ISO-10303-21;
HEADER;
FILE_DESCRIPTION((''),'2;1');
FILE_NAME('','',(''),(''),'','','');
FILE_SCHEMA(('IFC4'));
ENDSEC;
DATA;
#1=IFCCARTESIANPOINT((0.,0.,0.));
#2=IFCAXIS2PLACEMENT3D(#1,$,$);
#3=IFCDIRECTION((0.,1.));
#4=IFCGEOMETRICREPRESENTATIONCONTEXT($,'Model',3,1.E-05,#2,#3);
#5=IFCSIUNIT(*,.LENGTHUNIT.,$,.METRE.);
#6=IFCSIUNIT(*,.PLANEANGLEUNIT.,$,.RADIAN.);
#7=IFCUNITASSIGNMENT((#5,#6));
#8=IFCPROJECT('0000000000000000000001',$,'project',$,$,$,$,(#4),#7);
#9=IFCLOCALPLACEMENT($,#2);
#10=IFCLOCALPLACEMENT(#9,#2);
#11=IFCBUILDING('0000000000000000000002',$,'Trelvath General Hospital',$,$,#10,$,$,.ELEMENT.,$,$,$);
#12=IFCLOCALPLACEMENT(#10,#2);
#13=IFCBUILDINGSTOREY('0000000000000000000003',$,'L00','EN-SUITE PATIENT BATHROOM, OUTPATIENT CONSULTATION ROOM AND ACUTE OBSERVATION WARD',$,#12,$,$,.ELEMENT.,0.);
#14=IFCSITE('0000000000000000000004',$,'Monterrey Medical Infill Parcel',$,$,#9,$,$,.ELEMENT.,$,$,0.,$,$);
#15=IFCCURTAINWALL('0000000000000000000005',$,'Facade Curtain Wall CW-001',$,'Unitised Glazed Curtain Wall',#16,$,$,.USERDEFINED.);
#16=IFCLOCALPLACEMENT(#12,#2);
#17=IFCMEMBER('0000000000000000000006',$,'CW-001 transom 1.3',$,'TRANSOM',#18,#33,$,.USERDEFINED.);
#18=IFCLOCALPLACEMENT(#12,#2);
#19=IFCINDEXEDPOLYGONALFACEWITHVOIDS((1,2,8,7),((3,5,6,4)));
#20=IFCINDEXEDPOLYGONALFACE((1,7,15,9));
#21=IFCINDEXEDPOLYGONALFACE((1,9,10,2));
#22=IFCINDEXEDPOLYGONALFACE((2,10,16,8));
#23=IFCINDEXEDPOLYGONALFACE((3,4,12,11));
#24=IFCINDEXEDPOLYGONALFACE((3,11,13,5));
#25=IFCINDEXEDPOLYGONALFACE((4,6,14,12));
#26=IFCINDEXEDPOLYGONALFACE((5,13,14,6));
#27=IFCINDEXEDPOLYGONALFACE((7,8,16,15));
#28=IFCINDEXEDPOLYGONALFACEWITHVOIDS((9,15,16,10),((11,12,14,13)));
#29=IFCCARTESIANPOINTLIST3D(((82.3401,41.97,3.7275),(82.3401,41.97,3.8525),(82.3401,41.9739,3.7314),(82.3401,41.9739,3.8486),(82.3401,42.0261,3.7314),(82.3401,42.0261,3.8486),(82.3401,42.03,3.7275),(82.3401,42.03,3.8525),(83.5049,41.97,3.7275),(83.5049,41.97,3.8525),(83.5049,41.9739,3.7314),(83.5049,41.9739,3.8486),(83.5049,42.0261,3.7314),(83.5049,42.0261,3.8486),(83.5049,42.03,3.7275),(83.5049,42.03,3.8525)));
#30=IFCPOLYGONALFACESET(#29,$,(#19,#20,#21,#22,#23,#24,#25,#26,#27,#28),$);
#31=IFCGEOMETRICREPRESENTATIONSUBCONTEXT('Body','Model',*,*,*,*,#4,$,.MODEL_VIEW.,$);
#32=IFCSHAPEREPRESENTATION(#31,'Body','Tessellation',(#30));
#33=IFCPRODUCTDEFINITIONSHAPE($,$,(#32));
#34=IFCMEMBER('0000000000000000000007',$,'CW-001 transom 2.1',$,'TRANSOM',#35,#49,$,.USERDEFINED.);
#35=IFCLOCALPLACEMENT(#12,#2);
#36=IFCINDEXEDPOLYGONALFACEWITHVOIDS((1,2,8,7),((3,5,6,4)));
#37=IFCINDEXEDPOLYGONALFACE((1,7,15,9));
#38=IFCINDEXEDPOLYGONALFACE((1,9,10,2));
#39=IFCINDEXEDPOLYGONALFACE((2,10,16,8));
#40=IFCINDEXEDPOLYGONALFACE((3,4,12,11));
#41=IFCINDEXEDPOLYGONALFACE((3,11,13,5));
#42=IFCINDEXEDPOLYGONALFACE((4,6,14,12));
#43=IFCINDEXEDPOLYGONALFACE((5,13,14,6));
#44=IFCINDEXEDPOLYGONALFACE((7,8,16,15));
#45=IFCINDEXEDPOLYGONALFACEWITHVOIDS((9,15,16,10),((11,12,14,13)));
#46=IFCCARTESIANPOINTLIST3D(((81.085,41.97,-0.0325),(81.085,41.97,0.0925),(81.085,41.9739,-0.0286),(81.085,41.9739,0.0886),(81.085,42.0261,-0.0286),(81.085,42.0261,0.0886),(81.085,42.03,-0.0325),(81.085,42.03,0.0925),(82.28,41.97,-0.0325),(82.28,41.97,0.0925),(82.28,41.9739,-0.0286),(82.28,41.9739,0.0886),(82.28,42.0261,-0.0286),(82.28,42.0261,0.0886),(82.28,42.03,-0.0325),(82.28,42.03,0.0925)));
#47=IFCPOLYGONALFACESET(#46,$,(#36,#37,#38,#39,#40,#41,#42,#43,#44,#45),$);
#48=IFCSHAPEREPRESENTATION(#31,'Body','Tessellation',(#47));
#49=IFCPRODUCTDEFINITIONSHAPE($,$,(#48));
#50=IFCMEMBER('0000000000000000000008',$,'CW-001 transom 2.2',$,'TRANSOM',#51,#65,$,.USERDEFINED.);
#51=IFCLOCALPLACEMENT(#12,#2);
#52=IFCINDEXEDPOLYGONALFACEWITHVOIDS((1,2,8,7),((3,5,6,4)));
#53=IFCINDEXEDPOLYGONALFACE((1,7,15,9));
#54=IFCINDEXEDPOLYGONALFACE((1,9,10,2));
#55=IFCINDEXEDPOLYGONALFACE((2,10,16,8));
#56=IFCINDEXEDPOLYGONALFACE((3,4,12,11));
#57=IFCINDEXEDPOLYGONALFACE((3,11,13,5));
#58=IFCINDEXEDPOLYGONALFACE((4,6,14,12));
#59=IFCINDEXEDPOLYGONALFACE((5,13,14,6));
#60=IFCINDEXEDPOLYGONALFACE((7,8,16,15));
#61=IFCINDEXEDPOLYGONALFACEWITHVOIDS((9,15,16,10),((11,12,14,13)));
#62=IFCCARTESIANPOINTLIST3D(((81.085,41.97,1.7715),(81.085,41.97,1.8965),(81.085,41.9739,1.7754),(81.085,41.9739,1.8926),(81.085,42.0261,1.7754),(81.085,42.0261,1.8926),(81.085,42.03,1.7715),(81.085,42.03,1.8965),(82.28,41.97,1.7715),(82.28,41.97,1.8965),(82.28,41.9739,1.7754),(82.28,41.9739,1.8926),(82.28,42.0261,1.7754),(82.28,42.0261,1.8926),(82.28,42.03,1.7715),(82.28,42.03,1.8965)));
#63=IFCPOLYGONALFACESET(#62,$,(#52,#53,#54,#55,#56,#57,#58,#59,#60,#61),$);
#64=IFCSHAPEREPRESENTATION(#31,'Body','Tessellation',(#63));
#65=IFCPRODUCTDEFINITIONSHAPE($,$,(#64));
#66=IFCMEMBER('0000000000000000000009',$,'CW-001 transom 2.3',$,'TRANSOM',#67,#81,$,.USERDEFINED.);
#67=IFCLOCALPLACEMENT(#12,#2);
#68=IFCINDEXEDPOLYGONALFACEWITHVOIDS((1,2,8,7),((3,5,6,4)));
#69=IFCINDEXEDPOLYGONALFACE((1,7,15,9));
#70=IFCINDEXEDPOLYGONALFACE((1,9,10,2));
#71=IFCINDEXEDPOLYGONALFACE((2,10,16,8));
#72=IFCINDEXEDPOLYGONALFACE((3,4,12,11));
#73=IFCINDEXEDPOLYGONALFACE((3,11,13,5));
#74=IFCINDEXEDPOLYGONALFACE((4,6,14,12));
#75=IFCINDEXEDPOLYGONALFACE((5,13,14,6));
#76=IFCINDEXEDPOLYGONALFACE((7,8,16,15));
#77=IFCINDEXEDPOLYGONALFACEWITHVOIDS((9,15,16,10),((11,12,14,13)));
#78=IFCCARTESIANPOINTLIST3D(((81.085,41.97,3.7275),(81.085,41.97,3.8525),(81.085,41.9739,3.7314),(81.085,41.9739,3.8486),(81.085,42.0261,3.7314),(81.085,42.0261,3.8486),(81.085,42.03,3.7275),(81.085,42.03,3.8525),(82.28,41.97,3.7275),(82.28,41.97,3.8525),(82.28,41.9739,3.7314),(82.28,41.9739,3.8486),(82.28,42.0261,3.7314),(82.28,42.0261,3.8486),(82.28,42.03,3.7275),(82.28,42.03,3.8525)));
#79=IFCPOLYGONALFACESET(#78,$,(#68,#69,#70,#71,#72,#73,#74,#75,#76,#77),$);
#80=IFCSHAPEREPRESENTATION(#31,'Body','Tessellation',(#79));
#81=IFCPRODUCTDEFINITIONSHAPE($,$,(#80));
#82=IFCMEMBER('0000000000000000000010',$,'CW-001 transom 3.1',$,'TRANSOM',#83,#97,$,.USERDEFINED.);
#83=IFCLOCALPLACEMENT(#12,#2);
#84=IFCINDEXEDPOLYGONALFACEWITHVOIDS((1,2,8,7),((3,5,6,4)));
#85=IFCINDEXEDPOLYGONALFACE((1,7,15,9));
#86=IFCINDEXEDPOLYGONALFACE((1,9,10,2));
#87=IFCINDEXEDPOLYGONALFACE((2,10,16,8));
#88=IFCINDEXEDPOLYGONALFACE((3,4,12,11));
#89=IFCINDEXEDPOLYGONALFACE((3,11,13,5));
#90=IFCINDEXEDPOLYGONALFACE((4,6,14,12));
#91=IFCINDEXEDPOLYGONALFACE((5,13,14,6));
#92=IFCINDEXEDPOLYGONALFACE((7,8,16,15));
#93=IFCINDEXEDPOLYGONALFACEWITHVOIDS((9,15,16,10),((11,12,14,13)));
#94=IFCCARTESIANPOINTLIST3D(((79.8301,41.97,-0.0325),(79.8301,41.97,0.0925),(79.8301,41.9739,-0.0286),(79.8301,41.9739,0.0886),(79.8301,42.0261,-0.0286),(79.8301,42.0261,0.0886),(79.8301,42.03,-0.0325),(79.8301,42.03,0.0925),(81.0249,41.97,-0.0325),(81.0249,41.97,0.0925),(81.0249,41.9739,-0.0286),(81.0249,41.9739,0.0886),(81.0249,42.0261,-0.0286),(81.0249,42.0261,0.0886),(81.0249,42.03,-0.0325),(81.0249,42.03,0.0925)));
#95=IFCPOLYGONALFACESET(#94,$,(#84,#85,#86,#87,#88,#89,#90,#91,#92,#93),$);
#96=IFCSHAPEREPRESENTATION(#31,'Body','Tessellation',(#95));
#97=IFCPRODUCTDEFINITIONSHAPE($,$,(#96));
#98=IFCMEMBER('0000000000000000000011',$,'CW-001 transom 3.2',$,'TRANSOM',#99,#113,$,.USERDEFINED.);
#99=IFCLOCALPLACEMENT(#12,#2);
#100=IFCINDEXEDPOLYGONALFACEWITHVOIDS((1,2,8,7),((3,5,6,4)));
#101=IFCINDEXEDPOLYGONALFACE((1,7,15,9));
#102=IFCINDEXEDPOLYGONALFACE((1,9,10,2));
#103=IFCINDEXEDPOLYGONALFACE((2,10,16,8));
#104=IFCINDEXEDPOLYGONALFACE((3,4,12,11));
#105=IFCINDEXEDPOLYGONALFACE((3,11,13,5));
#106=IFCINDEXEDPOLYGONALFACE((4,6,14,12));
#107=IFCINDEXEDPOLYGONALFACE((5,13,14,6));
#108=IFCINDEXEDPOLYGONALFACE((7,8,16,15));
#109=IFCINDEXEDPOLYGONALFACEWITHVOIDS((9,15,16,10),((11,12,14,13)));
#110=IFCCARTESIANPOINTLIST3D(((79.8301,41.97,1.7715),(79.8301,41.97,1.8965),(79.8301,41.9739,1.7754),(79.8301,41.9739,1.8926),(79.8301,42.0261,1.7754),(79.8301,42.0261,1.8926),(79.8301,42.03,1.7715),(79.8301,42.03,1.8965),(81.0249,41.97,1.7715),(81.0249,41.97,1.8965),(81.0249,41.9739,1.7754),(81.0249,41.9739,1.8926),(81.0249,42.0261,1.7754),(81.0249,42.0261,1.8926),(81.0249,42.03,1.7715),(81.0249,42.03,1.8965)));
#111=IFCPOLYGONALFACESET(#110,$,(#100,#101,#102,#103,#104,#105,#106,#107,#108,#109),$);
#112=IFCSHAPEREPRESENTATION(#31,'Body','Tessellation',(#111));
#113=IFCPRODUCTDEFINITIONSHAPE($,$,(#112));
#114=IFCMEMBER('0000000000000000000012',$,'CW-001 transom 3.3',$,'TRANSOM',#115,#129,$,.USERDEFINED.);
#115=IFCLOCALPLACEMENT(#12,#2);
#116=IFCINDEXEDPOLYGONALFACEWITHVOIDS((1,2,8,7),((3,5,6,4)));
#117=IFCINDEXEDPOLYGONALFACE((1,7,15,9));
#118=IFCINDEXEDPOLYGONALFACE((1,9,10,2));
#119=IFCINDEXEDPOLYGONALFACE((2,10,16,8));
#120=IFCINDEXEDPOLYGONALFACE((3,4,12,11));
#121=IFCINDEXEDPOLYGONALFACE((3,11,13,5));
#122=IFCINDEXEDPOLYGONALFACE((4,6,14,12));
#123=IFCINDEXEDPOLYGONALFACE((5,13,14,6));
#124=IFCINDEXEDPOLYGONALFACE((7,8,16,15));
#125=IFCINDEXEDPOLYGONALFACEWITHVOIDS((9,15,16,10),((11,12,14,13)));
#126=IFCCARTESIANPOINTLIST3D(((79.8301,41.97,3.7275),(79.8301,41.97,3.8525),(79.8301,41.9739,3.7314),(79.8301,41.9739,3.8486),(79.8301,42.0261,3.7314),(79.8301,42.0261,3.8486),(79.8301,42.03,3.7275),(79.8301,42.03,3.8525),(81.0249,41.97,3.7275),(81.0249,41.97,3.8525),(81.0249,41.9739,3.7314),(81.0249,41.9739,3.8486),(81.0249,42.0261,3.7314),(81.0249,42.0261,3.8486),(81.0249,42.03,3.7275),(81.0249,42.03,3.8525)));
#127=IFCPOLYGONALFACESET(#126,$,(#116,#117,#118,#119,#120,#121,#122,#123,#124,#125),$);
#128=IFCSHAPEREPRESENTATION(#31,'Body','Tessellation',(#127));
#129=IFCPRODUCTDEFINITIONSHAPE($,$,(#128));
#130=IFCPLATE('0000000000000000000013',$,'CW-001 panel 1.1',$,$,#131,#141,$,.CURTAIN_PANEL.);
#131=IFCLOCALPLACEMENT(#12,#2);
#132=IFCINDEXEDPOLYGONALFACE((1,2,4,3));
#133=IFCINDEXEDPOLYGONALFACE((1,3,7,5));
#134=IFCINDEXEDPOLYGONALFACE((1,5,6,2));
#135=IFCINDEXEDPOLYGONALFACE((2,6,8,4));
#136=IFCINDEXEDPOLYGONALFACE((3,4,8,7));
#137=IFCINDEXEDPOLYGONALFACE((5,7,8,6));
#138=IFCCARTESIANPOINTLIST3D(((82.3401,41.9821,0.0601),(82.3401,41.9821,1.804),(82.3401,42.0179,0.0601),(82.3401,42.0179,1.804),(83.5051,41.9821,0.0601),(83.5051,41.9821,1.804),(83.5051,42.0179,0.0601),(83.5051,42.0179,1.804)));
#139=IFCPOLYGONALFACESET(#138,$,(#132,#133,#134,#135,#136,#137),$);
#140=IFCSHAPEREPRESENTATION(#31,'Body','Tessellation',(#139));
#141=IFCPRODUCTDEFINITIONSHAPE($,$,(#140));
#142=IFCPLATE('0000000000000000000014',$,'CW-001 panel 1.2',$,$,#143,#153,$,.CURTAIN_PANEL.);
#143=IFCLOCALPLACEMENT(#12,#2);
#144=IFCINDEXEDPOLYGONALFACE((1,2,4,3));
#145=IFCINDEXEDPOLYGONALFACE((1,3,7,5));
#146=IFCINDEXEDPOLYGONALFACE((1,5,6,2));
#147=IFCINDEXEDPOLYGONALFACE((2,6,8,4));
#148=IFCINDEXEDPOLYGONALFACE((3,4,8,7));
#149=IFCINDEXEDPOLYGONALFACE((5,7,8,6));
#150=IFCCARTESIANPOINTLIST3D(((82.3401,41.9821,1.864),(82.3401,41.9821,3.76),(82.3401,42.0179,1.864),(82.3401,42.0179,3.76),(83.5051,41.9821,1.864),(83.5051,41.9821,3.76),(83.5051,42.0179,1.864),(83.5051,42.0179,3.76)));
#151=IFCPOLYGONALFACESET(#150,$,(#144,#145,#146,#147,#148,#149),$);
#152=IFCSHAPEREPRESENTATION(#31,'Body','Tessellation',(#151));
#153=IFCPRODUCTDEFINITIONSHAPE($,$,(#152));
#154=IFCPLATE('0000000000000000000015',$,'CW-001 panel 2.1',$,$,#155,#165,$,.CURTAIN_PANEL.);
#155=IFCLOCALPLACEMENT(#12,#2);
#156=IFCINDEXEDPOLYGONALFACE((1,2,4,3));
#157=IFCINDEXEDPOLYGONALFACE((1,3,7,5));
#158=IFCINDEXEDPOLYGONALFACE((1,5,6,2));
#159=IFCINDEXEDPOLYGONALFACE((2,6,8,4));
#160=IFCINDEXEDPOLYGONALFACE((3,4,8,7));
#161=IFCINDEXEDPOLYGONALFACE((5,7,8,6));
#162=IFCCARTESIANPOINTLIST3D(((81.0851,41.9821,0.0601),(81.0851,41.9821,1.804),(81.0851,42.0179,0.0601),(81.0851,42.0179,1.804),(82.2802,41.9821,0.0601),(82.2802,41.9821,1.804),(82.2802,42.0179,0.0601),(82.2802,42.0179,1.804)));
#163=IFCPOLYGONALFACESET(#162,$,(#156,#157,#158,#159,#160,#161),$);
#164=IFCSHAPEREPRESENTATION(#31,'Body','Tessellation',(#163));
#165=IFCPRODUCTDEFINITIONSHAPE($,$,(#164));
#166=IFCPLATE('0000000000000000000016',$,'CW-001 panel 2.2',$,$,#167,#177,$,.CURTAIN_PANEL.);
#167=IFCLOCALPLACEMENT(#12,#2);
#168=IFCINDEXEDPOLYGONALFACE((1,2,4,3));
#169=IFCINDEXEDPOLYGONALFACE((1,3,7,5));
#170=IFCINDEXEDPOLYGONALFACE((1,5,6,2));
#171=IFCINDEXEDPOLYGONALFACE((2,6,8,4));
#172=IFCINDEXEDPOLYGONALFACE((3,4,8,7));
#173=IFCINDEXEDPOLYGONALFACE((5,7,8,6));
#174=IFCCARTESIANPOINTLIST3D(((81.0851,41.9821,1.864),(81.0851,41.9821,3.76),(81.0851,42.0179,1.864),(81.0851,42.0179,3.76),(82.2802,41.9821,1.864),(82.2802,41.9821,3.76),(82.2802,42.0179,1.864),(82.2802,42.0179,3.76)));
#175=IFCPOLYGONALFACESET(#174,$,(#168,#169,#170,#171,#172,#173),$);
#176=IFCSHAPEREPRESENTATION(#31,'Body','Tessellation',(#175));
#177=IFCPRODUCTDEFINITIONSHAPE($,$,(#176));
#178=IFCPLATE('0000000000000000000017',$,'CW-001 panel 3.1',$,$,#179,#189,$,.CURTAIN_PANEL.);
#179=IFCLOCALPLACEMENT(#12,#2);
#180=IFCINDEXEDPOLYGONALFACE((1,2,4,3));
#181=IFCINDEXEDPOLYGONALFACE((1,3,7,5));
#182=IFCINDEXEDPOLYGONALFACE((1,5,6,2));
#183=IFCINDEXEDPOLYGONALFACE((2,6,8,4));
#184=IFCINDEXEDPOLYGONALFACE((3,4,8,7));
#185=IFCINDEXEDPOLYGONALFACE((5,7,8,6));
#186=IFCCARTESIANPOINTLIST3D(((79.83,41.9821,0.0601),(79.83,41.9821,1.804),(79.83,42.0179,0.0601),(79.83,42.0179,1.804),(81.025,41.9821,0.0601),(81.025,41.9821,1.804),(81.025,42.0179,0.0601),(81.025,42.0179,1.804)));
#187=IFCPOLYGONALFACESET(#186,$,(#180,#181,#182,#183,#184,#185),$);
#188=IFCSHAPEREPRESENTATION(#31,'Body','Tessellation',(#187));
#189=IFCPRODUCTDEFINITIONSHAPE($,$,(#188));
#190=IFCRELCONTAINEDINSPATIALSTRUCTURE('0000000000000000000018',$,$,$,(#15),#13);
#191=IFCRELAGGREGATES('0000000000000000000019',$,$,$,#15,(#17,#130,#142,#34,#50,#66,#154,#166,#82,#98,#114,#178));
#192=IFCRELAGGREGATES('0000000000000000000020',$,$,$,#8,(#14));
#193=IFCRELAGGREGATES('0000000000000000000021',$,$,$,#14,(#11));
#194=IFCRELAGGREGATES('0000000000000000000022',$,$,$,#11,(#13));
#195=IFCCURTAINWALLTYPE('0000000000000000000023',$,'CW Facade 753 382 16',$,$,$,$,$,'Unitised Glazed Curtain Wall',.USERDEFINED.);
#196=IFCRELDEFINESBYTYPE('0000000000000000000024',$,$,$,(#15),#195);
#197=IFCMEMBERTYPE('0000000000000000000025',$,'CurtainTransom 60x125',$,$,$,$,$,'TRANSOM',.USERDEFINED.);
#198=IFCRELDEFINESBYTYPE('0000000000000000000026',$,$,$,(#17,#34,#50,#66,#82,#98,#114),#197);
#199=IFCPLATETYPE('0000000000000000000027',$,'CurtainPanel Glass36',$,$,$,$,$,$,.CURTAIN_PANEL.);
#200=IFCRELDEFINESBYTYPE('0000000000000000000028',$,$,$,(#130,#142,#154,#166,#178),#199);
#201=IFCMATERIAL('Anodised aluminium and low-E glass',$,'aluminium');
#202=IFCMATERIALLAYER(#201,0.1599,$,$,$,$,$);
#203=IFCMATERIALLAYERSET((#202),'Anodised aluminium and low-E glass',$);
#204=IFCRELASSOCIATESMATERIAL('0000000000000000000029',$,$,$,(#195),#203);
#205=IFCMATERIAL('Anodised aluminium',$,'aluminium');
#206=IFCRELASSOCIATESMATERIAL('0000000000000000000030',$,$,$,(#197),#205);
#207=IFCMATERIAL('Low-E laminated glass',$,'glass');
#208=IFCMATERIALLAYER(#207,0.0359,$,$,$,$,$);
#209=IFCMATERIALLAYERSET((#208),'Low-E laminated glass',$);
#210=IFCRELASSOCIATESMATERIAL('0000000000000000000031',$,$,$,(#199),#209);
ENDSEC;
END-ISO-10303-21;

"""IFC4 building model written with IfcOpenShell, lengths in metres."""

from ifc_helpers import new_model, si_unit, direction, frame, origin, origin_2d, place, context, subcontext, project, spatial, rectangle, hollow_rectangle, extrude, material, layer, layer_set, material_profile, profile_set, type_object, element, aggregate, save


model = new_model("IFC4")

# Units and contexts
model_context = context("Model", 3, precision=1e-05, world=origin(), true_north=direction((0.0, 1.0)))
body_context = subcontext(model_context, "Body", "Model", "MODEL_VIEW")
ifc_project = project(units=[si_unit("LENGTHUNIT", "METRE"), si_unit("PLANEANGLEUNIT", "RADIAN")], contexts=[model_context])

# Site, building, storey
site_placement = place(None, origin())
site = spatial("IfcSite", under=ifc_project, at=site_placement, Name="Monterrey Medical Infill Parcel", CompositionType="ELEMENT", RefElevation=0.0)
building_placement = place(site_placement, origin())
building = spatial("IfcBuilding", under=site, at=building_placement, Name="Trelvath General Hospital", CompositionType="ELEMENT")
storey_placement = place(building_placement, origin())
storey = spatial("IfcBuildingStorey", under=building, at=storey_placement, Name="L00", Description="EN-SUITE PATIENT BATHROOM, OUTPATIENT CONSULTATION ROOM AND ACUTE OBSERVATION WARD", CompositionType="ELEMENT", Elevation=0.0)

# Curtain wall, members, plates
ifc_material_1 = material(Name="Anodised aluminium and low-E glass", Category="aluminium")
ifc_layer_1 = layer(ifc_material_1, 0.1599)
ifc_layer_set_1 = layer_set([ifc_layer_1], Name="Anodised aluminium and low-E glass")
curtain_wall_type = type_object("IfcCurtainWallType", Name="CW Facade 753 382 16", ElementType="Unitised Glazed Curtain Wall", PredefinedType="USERDEFINED", material=ifc_layer_set_1)
curtain_wall_placement = place(storey_placement, origin())
curtain_wall = element("IfcCurtainWall", 1, at=curtain_wall_placement, inside=storey, type_object=curtain_wall_type, Name="Facade Curtain Wall CW-001", ObjectType="Unitised Glazed Curtain Wall", PredefinedType="USERDEFINED")
ifc_material_2 = material(Name="Anodised aluminium", Category="aluminium")
ifc_material_profile_1 = material_profile(ifc_material_2, hollow_rectangle(XDim=0.0601, YDim=0.125, WallThickness=0.0039, at=origin_2d()), Name="RHS60x125x4")
ifc_profile_set_1 = profile_set([ifc_material_profile_1], Name="Anodised aluminium")
member_type_1 = type_object("IfcMemberType", Name="CurtainTransom 60x125", ElementType="TRANSOM", PredefinedType="USERDEFINED", material=ifc_profile_set_1)
member_1_placement = place(storey_placement, frame((83.5049, 42.0, 3.79), z_axis=(-1.0, 0.0, 0.0), x_axis=(0.0, -1.0, 0.0)))
member_1 = element("IfcMember", 2, at=member_1_placement, type_object=member_type_1, Name="CW-001 transom 1.3", ObjectType="TRANSOM", PredefinedType="USERDEFINED", context=body_context, shape_type="SweptSolid", body=[
    extrude(hollow_rectangle(XDim=0.0601, YDim=0.125, WallThickness=0.0039, at=origin_2d()), origin(), (0.0, 0.0, 1.0), 1.1648),
])
member_2_placement = place(storey_placement, frame((82.28, 42.0, 0.03), z_axis=(-1.0, 0.0, 0.0), x_axis=(0.0, -1.0, 0.0)))
member_2 = element("IfcMember", 3, at=member_2_placement, type_object=member_type_1, Name="CW-001 transom 2.1", ObjectType="TRANSOM", PredefinedType="USERDEFINED", context=body_context, shape_type="SweptSolid", body=[
    extrude(hollow_rectangle(XDim=0.0601, YDim=0.125, WallThickness=0.0039, at=origin_2d()), origin(), (0.0, 0.0, 1.0), 1.1951),
])
member_3_placement = place(storey_placement, frame((82.28, 42.0, 1.834), z_axis=(-1.0, 0.0, 0.0), x_axis=(0.0, -1.0, 0.0)))
member_3 = element("IfcMember", 4, at=member_3_placement, type_object=member_type_1, Name="CW-001 transom 2.2", ObjectType="TRANSOM", PredefinedType="USERDEFINED", context=body_context, shape_type="SweptSolid", body=[
    extrude(hollow_rectangle(XDim=0.0601, YDim=0.125, WallThickness=0.0039, at=origin_2d()), origin(), (0.0, 0.0, 1.0), 1.1951),
])
member_4_placement = place(storey_placement, frame((82.28, 42.0, 3.79), z_axis=(-1.0, 0.0, 0.0), x_axis=(0.0, -1.0, 0.0)))
member_4 = element("IfcMember", 5, at=member_4_placement, type_object=member_type_1, Name="CW-001 transom 2.3", ObjectType="TRANSOM", PredefinedType="USERDEFINED", context=body_context, shape_type="SweptSolid", body=[
    extrude(hollow_rectangle(XDim=0.0601, YDim=0.125, WallThickness=0.0039, at=origin_2d()), origin(), (0.0, 0.0, 1.0), 1.1951),
])
member_5_placement = place(storey_placement, frame((81.0249, 42.0, 0.03), z_axis=(-1.0, 0.0, 0.0), x_axis=(0.0, -1.0, 0.0)))
member_5 = element("IfcMember", 6, at=member_5_placement, type_object=member_type_1, Name="CW-001 transom 3.1", ObjectType="TRANSOM", PredefinedType="USERDEFINED", context=body_context, shape_type="SweptSolid", body=[
    extrude(hollow_rectangle(XDim=0.0601, YDim=0.125, WallThickness=0.0039, at=origin_2d()), origin(), (0.0, 0.0, 1.0), 1.1948),
])
member_6_placement = place(storey_placement, frame((81.0249, 42.0, 1.834), z_axis=(-1.0, 0.0, 0.0), x_axis=(0.0, -1.0, 0.0)))
member_6 = element("IfcMember", 7, at=member_6_placement, type_object=member_type_1, Name="CW-001 transom 3.2", ObjectType="TRANSOM", PredefinedType="USERDEFINED", context=body_context, shape_type="SweptSolid", body=[
    extrude(hollow_rectangle(XDim=0.0601, YDim=0.125, WallThickness=0.0039, at=origin_2d()), origin(), (0.0, 0.0, 1.0), 1.1948),
])
member_7_placement = place(storey_placement, frame((81.0249, 42.0, 3.79), z_axis=(-1.0, 0.0, 0.0), x_axis=(0.0, -1.0, 0.0)))
member_7 = element("IfcMember", 8, at=member_7_placement, type_object=member_type_1, Name="CW-001 transom 3.3", ObjectType="TRANSOM", PredefinedType="USERDEFINED", context=body_context, shape_type="SweptSolid", body=[
    extrude(hollow_rectangle(XDim=0.0601, YDim=0.125, WallThickness=0.0039, at=origin_2d()), origin(), (0.0, 0.0, 1.0), 1.1948),
])
ifc_material_3 = material(Name="Low-E laminated glass", Category="glass")
ifc_layer_2 = layer(ifc_material_3, 0.0359)
ifc_layer_set_2 = layer_set([ifc_layer_2], Name="Low-E laminated glass")
plate_type = type_object("IfcPlateType", Name="CurtainPanel Glass36", PredefinedType="CURTAIN_PANEL", material=ifc_layer_set_2)
plate_1_placement = place(storey_placement, frame((82.9226, 42.0, 0.0601), z_axis=(0.0, 0.0, 1.0), x_axis=(-1.0, 0.0, 0.0)))
plate_1 = element("IfcPlate", 9, at=plate_1_placement, type_object=plate_type, Name="CW-001 panel 1.1", PredefinedType="CURTAIN_PANEL", context=body_context, shape_type="SweptSolid", body=[
    extrude(rectangle(XDim=1.165, YDim=0.0359, at=origin_2d()), origin(), (0.0, 0.0, 1.0), 1.7439),
])
plate_2_placement = place(storey_placement, frame((82.9226, 42.0, 1.864), z_axis=(0.0, 0.0, 1.0), x_axis=(-1.0, 0.0, 0.0)))
plate_2 = element("IfcPlate", 10, at=plate_2_placement, type_object=plate_type, Name="CW-001 panel 1.2", PredefinedType="CURTAIN_PANEL", context=body_context, shape_type="SweptSolid", body=[
    extrude(rectangle(XDim=1.165, YDim=0.0359, at=origin_2d()), origin(), (0.0, 0.0, 1.0), 1.896),
])
plate_3_placement = place(storey_placement, frame((81.6826, 42.0, 0.0601), z_axis=(0.0, 0.0, 1.0), x_axis=(-1.0, 0.0, 0.0)))
plate_3 = element("IfcPlate", 11, at=plate_3_placement, type_object=plate_type, Name="CW-001 panel 2.1", PredefinedType="CURTAIN_PANEL", context=body_context, shape_type="SweptSolid", body=[
    extrude(rectangle(XDim=1.1951, YDim=0.0359, at=origin_2d()), origin(), (0.0, 0.0, 1.0), 1.7439),
])
plate_4_placement = place(storey_placement, frame((81.6826, 42.0, 1.864), z_axis=(0.0, 0.0, 1.0), x_axis=(-1.0, 0.0, 0.0)))
plate_4 = element("IfcPlate", 12, at=plate_4_placement, type_object=plate_type, Name="CW-001 panel 2.2", PredefinedType="CURTAIN_PANEL", context=body_context, shape_type="SweptSolid", body=[
    extrude(rectangle(XDim=1.1951, YDim=0.0359, at=origin_2d()), origin(), (0.0, 0.0, 1.0), 1.896),
])
plate_5_placement = place(storey_placement, frame((80.4275, 42.0, 0.0601), z_axis=(0.0, 0.0, 1.0), x_axis=(-1.0, 0.0, 0.0)))
plate_5 = element("IfcPlate", 13, at=plate_5_placement, type_object=plate_type, Name="CW-001 panel 3.1", PredefinedType="CURTAIN_PANEL", context=body_context, shape_type="SweptSolid", body=[
    extrude(rectangle(XDim=1.1951, YDim=0.0359, at=origin_2d()), origin(), (0.0, 0.0, 1.0), 1.7439),
])
aggregate(curtain_wall, [member_1, plate_1, plate_2, member_2, member_3, member_4, plate_3, plate_4, member_5, member_6, member_7, plate_5])

save(model, "model.ifc")
